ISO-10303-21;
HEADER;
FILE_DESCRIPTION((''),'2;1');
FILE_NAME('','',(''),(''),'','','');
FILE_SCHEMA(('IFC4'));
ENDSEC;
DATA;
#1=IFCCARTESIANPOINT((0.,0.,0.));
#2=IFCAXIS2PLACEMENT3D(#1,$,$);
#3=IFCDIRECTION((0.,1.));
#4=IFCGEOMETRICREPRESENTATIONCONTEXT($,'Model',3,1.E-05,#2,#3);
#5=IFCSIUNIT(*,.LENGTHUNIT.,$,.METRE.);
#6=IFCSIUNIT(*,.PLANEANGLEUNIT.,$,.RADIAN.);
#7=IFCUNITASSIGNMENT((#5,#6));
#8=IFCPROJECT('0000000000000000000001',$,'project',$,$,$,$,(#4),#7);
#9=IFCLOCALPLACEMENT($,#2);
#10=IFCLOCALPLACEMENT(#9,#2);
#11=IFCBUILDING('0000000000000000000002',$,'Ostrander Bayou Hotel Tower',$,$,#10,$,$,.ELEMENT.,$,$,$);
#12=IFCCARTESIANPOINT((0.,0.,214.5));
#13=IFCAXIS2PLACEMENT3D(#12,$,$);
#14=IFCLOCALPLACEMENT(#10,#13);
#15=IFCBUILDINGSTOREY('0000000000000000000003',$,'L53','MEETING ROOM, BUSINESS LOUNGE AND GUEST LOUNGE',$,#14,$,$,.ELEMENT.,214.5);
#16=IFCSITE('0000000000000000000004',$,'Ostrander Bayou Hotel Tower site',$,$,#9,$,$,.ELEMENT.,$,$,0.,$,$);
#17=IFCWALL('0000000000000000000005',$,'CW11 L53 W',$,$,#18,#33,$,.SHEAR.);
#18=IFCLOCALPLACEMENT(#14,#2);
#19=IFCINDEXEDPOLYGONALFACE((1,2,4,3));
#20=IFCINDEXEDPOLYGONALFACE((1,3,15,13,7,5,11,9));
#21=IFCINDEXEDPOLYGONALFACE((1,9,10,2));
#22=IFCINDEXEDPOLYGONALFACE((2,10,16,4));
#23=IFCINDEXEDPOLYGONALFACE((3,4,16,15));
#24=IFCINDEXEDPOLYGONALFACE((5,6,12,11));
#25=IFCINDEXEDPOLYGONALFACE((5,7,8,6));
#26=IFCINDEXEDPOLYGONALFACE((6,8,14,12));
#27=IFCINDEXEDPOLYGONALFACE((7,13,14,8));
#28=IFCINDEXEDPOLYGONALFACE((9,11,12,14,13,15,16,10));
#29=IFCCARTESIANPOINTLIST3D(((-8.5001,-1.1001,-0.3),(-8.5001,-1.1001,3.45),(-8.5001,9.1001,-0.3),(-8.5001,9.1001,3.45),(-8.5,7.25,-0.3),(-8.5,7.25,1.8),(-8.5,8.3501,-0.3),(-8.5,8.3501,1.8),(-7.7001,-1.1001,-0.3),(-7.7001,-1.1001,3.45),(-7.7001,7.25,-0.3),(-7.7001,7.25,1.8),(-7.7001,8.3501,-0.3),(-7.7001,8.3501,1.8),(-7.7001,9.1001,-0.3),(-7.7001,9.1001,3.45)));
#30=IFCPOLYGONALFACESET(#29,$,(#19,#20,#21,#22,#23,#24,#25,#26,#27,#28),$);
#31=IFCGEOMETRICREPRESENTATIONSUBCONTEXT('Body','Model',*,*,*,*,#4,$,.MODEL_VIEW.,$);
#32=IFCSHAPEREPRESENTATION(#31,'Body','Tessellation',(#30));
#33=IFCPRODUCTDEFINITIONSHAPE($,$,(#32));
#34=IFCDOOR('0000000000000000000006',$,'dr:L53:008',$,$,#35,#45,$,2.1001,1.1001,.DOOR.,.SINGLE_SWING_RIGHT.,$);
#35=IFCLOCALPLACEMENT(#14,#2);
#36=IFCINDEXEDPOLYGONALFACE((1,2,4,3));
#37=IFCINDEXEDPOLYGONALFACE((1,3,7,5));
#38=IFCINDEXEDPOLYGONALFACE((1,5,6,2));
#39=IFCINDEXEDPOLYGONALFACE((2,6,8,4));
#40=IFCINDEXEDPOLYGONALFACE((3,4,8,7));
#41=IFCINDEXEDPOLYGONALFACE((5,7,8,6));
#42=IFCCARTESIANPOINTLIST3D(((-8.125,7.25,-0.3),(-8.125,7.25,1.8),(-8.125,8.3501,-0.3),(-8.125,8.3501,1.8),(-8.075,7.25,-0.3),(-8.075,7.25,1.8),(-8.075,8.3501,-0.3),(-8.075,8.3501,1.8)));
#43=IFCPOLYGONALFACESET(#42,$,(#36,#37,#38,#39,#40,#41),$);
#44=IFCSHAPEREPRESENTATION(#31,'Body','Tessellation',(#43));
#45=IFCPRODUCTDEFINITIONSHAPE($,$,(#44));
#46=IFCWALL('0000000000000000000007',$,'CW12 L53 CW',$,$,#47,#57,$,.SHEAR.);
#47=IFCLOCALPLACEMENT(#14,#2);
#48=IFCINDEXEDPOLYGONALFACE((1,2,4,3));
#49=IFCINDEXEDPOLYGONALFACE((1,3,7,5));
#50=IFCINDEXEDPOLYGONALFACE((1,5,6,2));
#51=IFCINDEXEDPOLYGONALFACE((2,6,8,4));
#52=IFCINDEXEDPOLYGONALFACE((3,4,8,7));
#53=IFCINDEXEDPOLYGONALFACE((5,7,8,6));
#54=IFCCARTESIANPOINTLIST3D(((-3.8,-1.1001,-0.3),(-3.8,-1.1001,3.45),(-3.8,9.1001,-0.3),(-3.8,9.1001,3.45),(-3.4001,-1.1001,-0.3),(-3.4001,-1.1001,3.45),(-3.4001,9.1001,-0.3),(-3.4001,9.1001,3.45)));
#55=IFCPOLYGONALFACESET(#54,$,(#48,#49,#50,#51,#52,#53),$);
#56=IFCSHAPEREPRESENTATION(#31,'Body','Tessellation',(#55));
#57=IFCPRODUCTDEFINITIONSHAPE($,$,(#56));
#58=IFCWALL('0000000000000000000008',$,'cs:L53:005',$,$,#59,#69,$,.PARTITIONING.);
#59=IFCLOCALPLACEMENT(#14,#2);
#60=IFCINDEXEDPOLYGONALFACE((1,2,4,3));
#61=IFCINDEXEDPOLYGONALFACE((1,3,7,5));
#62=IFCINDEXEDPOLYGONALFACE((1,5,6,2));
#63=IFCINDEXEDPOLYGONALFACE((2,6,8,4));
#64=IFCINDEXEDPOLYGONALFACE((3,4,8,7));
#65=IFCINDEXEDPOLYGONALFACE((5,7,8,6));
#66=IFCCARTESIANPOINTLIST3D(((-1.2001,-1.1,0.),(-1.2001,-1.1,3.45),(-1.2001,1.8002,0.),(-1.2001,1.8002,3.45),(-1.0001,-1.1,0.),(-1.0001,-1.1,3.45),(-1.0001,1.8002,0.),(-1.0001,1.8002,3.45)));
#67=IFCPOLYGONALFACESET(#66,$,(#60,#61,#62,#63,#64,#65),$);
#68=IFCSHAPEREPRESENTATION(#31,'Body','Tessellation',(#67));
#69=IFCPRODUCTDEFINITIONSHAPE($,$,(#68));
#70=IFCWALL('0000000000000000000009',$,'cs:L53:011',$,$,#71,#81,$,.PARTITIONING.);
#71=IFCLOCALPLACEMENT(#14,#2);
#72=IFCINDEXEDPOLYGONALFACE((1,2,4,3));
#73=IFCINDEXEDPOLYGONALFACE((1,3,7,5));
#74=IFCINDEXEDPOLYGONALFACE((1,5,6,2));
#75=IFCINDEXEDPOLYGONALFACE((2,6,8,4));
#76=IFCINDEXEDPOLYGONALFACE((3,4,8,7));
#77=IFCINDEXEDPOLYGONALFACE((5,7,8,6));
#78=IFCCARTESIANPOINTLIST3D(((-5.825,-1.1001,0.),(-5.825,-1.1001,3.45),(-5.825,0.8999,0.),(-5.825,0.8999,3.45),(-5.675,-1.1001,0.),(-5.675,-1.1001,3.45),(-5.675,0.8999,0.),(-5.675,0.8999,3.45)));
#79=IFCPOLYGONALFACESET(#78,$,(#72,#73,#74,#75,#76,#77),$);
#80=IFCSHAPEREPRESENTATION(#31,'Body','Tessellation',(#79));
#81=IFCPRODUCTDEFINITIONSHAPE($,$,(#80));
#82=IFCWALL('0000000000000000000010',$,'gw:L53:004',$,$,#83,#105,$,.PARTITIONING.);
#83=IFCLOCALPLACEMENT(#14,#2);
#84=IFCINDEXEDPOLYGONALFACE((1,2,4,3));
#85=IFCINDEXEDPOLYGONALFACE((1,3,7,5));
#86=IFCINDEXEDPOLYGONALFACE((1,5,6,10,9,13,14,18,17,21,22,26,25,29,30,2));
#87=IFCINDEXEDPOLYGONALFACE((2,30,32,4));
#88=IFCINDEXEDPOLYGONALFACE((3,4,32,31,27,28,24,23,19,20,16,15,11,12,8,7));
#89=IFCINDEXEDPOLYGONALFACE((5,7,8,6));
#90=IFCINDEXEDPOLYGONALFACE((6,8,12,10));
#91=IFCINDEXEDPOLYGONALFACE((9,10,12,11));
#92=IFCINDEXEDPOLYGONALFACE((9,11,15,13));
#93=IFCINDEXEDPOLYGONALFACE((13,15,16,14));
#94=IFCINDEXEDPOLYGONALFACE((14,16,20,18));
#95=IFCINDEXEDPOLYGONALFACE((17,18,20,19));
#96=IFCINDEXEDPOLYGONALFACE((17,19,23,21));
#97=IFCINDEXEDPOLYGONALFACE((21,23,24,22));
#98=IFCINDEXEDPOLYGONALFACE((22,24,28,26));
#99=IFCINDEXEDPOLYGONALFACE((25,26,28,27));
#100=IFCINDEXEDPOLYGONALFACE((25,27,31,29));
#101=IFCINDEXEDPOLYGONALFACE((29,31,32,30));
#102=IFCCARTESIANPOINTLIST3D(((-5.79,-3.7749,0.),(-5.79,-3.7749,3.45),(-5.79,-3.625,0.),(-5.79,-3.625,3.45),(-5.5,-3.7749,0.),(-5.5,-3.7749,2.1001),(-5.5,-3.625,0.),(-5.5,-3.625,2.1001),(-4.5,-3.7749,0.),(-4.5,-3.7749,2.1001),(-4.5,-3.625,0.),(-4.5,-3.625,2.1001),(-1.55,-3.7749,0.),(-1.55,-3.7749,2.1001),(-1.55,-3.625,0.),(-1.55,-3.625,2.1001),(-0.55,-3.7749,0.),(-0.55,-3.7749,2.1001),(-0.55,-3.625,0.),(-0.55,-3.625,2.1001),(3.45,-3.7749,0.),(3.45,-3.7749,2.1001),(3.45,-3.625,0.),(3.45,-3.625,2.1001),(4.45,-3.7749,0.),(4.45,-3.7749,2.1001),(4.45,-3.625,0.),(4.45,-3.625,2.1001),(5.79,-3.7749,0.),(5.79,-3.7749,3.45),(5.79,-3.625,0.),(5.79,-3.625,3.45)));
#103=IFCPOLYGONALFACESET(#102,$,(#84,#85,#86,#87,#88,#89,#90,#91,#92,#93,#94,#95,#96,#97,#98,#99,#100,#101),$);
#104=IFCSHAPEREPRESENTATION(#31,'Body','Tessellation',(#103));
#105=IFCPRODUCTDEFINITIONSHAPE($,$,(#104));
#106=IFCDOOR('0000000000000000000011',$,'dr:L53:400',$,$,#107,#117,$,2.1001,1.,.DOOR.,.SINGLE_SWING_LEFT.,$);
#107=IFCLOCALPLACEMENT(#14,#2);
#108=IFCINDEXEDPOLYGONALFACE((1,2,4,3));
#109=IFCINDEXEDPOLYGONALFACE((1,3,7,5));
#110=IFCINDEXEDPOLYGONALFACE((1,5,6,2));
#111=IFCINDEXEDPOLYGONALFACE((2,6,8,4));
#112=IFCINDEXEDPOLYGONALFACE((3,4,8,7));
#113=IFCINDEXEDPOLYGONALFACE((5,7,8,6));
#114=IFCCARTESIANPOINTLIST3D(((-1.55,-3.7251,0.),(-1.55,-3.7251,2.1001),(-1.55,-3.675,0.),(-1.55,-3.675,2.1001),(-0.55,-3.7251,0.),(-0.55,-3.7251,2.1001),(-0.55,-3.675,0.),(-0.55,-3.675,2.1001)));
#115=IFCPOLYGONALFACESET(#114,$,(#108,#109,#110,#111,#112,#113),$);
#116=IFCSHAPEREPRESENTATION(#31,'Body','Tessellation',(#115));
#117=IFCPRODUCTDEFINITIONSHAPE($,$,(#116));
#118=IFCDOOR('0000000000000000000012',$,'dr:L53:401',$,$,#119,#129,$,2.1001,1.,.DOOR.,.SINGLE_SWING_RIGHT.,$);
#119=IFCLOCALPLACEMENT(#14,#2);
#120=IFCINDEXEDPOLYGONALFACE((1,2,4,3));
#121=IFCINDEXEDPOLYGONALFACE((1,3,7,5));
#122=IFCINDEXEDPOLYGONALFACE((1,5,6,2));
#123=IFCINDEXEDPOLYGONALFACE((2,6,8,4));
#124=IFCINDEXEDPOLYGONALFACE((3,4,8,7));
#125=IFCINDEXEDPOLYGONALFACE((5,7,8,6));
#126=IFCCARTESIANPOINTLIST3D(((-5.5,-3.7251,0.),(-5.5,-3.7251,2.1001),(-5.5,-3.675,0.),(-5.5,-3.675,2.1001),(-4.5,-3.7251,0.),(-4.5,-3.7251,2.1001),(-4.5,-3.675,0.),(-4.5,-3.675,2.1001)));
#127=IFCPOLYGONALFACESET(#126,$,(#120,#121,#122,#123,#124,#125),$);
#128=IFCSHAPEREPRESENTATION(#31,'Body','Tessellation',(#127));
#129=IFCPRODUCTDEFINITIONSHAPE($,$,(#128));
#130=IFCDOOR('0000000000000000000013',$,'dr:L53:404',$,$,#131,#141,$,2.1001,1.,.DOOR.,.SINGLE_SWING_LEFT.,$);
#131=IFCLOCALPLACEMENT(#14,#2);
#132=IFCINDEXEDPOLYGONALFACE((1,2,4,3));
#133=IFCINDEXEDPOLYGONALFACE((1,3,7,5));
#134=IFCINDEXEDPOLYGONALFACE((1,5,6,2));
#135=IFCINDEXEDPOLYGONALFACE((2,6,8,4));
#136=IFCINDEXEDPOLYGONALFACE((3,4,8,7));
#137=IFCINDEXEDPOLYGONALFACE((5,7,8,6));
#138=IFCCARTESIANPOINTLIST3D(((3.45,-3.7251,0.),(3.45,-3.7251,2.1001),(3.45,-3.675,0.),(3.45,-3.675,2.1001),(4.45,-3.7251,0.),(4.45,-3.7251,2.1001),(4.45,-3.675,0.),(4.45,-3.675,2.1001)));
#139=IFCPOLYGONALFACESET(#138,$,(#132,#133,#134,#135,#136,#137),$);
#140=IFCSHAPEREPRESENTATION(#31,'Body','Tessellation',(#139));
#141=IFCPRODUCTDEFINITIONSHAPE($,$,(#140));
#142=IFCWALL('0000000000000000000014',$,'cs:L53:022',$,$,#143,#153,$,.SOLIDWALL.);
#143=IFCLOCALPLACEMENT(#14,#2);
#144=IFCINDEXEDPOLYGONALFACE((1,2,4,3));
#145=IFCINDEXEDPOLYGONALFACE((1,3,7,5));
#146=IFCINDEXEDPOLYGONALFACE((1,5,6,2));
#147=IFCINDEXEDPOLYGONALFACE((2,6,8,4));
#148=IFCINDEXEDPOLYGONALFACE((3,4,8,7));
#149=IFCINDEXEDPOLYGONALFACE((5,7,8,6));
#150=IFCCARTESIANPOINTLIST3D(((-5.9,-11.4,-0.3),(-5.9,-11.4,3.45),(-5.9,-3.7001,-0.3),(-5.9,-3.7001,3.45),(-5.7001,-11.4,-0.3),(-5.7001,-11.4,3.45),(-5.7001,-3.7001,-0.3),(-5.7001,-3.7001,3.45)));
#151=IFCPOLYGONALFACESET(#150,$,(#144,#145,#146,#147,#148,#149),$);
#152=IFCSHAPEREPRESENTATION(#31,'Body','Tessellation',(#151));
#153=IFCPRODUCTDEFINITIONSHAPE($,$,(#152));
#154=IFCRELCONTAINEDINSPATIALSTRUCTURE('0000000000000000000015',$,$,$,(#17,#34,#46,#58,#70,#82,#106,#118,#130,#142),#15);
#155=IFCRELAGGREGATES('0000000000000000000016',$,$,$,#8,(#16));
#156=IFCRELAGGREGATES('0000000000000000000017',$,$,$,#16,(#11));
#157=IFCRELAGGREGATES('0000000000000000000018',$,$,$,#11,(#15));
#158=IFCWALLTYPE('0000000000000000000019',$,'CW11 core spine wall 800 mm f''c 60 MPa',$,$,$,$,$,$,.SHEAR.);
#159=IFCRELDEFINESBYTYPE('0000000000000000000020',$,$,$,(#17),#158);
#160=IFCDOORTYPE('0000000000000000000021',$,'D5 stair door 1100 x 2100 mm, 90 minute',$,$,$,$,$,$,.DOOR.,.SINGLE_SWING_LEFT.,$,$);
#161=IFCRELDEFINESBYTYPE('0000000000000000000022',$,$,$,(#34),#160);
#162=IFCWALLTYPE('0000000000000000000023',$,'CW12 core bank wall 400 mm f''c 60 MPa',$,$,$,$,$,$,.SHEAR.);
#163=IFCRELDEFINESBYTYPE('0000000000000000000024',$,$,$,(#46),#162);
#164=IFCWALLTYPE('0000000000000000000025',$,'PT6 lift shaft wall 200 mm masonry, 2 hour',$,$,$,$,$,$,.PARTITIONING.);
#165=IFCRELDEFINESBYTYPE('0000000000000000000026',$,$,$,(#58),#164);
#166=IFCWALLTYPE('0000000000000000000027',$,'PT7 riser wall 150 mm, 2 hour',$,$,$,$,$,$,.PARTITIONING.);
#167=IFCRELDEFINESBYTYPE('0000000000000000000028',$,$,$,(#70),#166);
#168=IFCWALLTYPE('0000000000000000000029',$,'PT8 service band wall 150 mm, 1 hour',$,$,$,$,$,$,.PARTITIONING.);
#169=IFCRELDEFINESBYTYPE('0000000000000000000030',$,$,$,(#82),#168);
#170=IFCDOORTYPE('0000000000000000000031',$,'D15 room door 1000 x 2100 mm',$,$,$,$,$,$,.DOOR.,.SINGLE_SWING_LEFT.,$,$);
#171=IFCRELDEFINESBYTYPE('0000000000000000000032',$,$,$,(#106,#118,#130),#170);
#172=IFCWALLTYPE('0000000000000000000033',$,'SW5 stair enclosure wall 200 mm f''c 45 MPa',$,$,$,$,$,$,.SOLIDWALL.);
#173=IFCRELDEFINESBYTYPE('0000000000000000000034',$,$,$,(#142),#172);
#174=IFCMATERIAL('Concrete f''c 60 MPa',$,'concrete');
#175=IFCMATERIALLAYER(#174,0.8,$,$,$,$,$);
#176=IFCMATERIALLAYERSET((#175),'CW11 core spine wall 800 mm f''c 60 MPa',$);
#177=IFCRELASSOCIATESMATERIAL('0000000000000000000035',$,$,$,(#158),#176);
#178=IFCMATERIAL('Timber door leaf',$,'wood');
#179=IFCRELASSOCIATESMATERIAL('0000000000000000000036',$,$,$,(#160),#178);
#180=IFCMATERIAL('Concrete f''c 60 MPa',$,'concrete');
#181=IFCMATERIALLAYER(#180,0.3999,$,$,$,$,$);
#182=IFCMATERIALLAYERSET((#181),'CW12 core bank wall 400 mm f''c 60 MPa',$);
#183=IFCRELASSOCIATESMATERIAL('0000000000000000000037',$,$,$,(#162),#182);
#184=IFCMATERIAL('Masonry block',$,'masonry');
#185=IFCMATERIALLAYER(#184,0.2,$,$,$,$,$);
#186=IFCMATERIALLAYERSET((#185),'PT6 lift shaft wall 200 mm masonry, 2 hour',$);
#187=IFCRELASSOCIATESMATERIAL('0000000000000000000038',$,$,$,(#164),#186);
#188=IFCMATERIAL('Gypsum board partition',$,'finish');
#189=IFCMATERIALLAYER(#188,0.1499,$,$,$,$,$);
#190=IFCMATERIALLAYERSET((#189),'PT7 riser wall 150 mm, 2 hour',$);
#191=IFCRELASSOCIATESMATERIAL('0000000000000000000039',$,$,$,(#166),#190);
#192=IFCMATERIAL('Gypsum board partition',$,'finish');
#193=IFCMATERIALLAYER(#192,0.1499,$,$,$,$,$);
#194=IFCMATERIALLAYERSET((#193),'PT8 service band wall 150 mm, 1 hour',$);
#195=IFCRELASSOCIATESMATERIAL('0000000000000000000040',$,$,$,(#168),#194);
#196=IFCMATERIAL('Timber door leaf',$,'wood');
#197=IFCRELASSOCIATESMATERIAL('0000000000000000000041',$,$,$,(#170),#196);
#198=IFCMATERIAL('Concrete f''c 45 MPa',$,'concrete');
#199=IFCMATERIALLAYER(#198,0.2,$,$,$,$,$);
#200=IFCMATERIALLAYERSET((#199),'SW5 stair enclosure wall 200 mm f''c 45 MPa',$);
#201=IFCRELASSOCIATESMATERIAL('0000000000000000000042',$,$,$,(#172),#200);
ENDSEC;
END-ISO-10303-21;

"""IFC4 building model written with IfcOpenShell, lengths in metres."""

from ifc_helpers import new_model, si_unit, direction, frame, frame_2d, origin, place, context, subcontext, project, spatial, rectangle, extrude, material, layer, layer_set, type_object, element, fill, save


model = new_model("IFC4")

# Units and contexts
model_context = context("Model", 3, precision=1e-05, world=origin(), true_north=direction((0.0, 1.0)))
body_context = subcontext(model_context, "Body", "Model", "MODEL_VIEW")
ifc_project = project(units=[si_unit("LENGTHUNIT", "METRE"), si_unit("PLANEANGLEUNIT", "RADIAN")], contexts=[model_context])

# Site, building, storey
site_placement = place(None, origin())
site = spatial("IfcSite", under=ifc_project, at=site_placement, Name="Ostrander Bayou Hotel Tower site", CompositionType="ELEMENT", RefElevation=0.0)
building_placement = place(site_placement, origin())
building = spatial("IfcBuilding", under=site, at=building_placement, Name="Ostrander Bayou Hotel Tower", CompositionType="ELEMENT")
storey_placement = place(building_placement, frame((0.0, 0.0, 214.5)))
storey = spatial("IfcBuildingStorey", under=building, at=storey_placement, Name="L53", Description="MEETING ROOM, BUSINESS LOUNGE AND GUEST LOUNGE", CompositionType="ELEMENT", Elevation=214.5)

# Wall, opening, door
ifc_material_1 = material(Name="Concrete f'c 60 MPa", Category="concrete")
ifc_layer_1 = layer(ifc_material_1, 0.8)
ifc_layer_set_1 = layer_set([ifc_layer_1], Name="CW11 core spine wall 800 mm f'c 60 MPa")
wall_type_1 = type_object("IfcWallType", Name="CW11 core spine wall 800 mm f'c 60 MPa", PredefinedType="SHEAR", material=ifc_layer_set_1)
wall_1_placement = place(storey_placement, frame((-8.1001, -1.1001, -0.3), z_axis=(0.0, 0.0, 1.0), x_axis=(0.0, 1.0, 0.0)))
wall_1 = element("IfcWall", 1, at=wall_1_placement, inside=storey, type_object=wall_type_1, Name="CW11 L53 W", PredefinedType="SHEAR", context=body_context, shape_type="SweptSolid", body=[
    extrude(rectangle(XDim=10.2002, YDim=0.8, at=frame_2d((5.1001, 0.0))), origin(), (0.0, 0.0, 1.0), 3.75),
])
opening_1_placement = place(wall_1_placement, frame((8.3501, 0.0, 0.0)))
opening_1 = element("IfcOpeningElement", 2, at=opening_1_placement, cuts=wall_1, PredefinedType="OPENING", context=body_context, shape_type="SweptSolid", body=[
    extrude(rectangle(XDim=1.1001, YDim=2.1001, at=frame_2d((0.55, 1.05))), frame((0.0, 0.3999, 0.0), z_axis=(0.0, -1.0, 0.0), x_axis=(1.0, 0.0, 0.0)), (0.0, 0.0, 1.0), 0.8),
])
ifc_material_2 = material(Name="Timber door leaf", Category="wood")
door_type_1 = type_object("IfcDoorType", Name="D5 stair door 1100 x 2100 mm, 90 minute", OperationType="SINGLE_SWING_LEFT", PredefinedType="DOOR", material=ifc_material_2)
door_1_placement = place(opening_1_placement, origin())
door_1 = element("IfcDoor", 3, at=door_1_placement, inside=storey, type_object=door_type_1, Name="dr:L53:008", OperationType="SINGLE_SWING_RIGHT", OverallHeight=2.1001, OverallWidth=1.1001, PredefinedType="DOOR", context=body_context, shape_type="SweptSolid", body=[
    extrude(rectangle(XDim=1.1001, YDim=2.1001, at=frame_2d((0.55, 1.05))), frame((0.0, 0.0249, 0.0), z_axis=(0.0, -1.0, 0.0), x_axis=(1.0, 0.0, 0.0)), (0.0, 0.0, 1.0), 0.05),
])
fill(opening_1, door_1)

# Walls
ifc_material_3 = material(Name="Concrete f'c 60 MPa", Category="concrete")
ifc_layer_2 = layer(ifc_material_3, 0.3999)
ifc_layer_set_2 = layer_set([ifc_layer_2], Name="CW12 core bank wall 400 mm f'c 60 MPa")
wall_type_2 = type_object("IfcWallType", Name="CW12 core bank wall 400 mm f'c 60 MPa", PredefinedType="SHEAR", material=ifc_layer_set_2)
wall_2_placement = place(storey_placement, frame((-3.6001, -1.1001, -0.3), z_axis=(0.0, 0.0, 1.0), x_axis=(0.0, 1.0, 0.0)))
element("IfcWall", 4, at=wall_2_placement, inside=storey, type_object=wall_type_2, Name="CW12 L53 CW", PredefinedType="SHEAR", context=body_context, shape_type="SweptSolid", body=[
    extrude(rectangle(XDim=10.2002, YDim=0.3999, at=frame_2d((5.1001, 0.0))), origin(), (0.0, 0.0, 1.0), 3.75),
])
ifc_material_4 = material(Name="Masonry block", Category="masonry")
ifc_layer_3 = layer(ifc_material_4, 0.2)
ifc_layer_set_3 = layer_set([ifc_layer_3], Name="PT6 lift shaft wall 200 mm masonry, 2 hour")
wall_type_3 = type_object("IfcWallType", Name="PT6 lift shaft wall 200 mm masonry, 2 hour", PredefinedType="PARTITIONING", material=ifc_layer_set_3)
wall_3_placement = place(storey_placement, frame((-1.1001, -1.1001, 0.0), z_axis=(0.0, 0.0, 1.0), x_axis=(0.0, 1.0, 0.0)))
element("IfcWall", 5, at=wall_3_placement, inside=storey, type_object=wall_type_3, Name="cs:L53:005", PredefinedType="PARTITIONING", context=body_context, shape_type="SweptSolid", body=[
    extrude(rectangle(XDim=2.9001, YDim=0.2, at=frame_2d((1.4502, 0.0))), origin(), (0.0, 0.0, 1.0), 3.45),
])
ifc_material_5 = material(Name="Gypsum board partition", Category="finish")
ifc_layer_4 = layer(ifc_material_5, 0.1499)
ifc_layer_set_4 = layer_set([ifc_layer_4], Name="PT7 riser wall 150 mm, 2 hour")
wall_type_4 = type_object("IfcWallType", Name="PT7 riser wall 150 mm, 2 hour", PredefinedType="PARTITIONING", material=ifc_layer_set_4)
wall_4_placement = place(storey_placement, frame((-5.75, -1.1001, 0.0), z_axis=(0.0, 0.0, 1.0), x_axis=(0.0, 1.0, 0.0)))
element("IfcWall", 6, at=wall_4_placement, inside=storey, type_object=wall_type_4, Name="cs:L53:011", PredefinedType="PARTITIONING", context=body_context, shape_type="SweptSolid", body=[
    extrude(rectangle(XDim=2.0, YDim=0.1499, at=frame_2d((1.0, 0.0))), origin(), (0.0, 0.0, 1.0), 3.45),
])

# Wall, openings, doors
ifc_material_6 = material(Name="Gypsum board partition", Category="finish")
ifc_layer_5 = layer(ifc_material_6, 0.1499)
ifc_layer_set_5 = layer_set([ifc_layer_5], Name="PT8 service band wall 150 mm, 1 hour")
wall_type_5 = type_object("IfcWallType", Name="PT8 service band wall 150 mm, 1 hour", PredefinedType="PARTITIONING", material=ifc_layer_set_5)
wall_5_placement = place(storey_placement, frame((-5.79, -3.7, 0.0), z_axis=(0.0, 0.0, 1.0), x_axis=(1.0, 0.0, 0.0)))
wall_5 = element("IfcWall", 7, at=wall_5_placement, inside=storey, type_object=wall_type_5, Name="gw:L53:004", PredefinedType="PARTITIONING", context=body_context, shape_type="SweptSolid", body=[
    extrude(rectangle(XDim=11.5801, YDim=0.1499, at=frame_2d((5.79, 0.0))), origin(), (0.0, 0.0, 1.0), 3.45),
])
opening_2_placement = place(wall_5_placement, frame((4.24, 0.0, 0.0)))
opening_2 = element("IfcOpeningElement", 8, at=opening_2_placement, cuts=wall_5, PredefinedType="OPENING", context=body_context, shape_type="SweptSolid", body=[
    extrude(rectangle(XDim=1.0, YDim=2.1001, at=frame_2d((0.5, 1.05))), frame((0.0, 0.075, 0.0), z_axis=(0.0, -1.0, 0.0), x_axis=(1.0, 0.0, 0.0)), (0.0, 0.0, 1.0), 0.1499),
])
opening_3_placement = place(wall_5_placement, frame((0.29, 0.0, 0.0)))
opening_3 = element("IfcOpeningElement", 9, at=opening_3_placement, cuts=wall_5, PredefinedType="OPENING", context=body_context, shape_type="SweptSolid", body=[
    extrude(rectangle(XDim=1.0, YDim=2.1001, at=frame_2d((0.5, 1.05))), frame((0.0, 0.075, 0.0), z_axis=(0.0, -1.0, 0.0), x_axis=(1.0, 0.0, 0.0)), (0.0, 0.0, 1.0), 0.1499),
])
opening_4_placement = place(wall_5_placement, frame((9.24, 0.0, 0.0)))
opening_4 = element("IfcOpeningElement", 10, at=opening_4_placement, cuts=wall_5, PredefinedType="OPENING", context=body_context, shape_type="SweptSolid", body=[
    extrude(rectangle(XDim=1.0, YDim=2.1001, at=frame_2d((0.5, 1.05))), frame((0.0, 0.075, 0.0), z_axis=(0.0, -1.0, 0.0), x_axis=(1.0, 0.0, 0.0)), (0.0, 0.0, 1.0), 0.1499),
])
ifc_material_7 = material(Name="Timber door leaf", Category="wood")
door_type_2 = type_object("IfcDoorType", Name="D15 room door 1000 x 2100 mm", OperationType="SINGLE_SWING_LEFT", PredefinedType="DOOR", material=ifc_material_7)
door_2_placement = place(opening_2_placement, origin())
door_2 = element("IfcDoor", 11, at=door_2_placement, inside=storey, type_object=door_type_2, Name="dr:L53:400", OperationType="SINGLE_SWING_LEFT", OverallHeight=2.1001, OverallWidth=1.0, PredefinedType="DOOR", context=body_context, shape_type="SweptSolid", body=[
    extrude(rectangle(XDim=1.0, YDim=2.1001, at=frame_2d((0.5, 1.05))), frame((0.0, 0.0249, 0.0), z_axis=(0.0, -1.0, 0.0), x_axis=(1.0, 0.0, 0.0)), (0.0, 0.0, 1.0), 0.05),
])
fill(opening_2, door_2)
door_3_placement = place(opening_3_placement, origin())
door_3 = element("IfcDoor", 12, at=door_3_placement, inside=storey, type_object=door_type_2, Name="dr:L53:401", OperationType="SINGLE_SWING_RIGHT", OverallHeight=2.1001, OverallWidth=1.0, PredefinedType="DOOR", context=body_context, shape_type="SweptSolid", body=[
    extrude(rectangle(XDim=1.0, YDim=2.1001, at=frame_2d((0.5, 1.05))), frame((0.0, 0.0249, 0.0), z_axis=(0.0, -1.0, 0.0), x_axis=(1.0, 0.0, 0.0)), (0.0, 0.0, 1.0), 0.05),
])
fill(opening_3, door_3)
door_4_placement = place(opening_4_placement, origin())
door_4 = element("IfcDoor", 13, at=door_4_placement, inside=storey, type_object=door_type_2, Name="dr:L53:404", OperationType="SINGLE_SWING_LEFT", OverallHeight=2.1001, OverallWidth=1.0, PredefinedType="DOOR", context=body_context, shape_type="SweptSolid", body=[
    extrude(rectangle(XDim=1.0, YDim=2.1001, at=frame_2d((0.5, 1.05))), frame((0.0, 0.0249, 0.0), z_axis=(0.0, -1.0, 0.0), x_axis=(1.0, 0.0, 0.0)), (0.0, 0.0, 1.0), 0.05),
])
fill(opening_4, door_4)

# Wall
ifc_material_8 = material(Name="Concrete f'c 45 MPa", Category="concrete")
ifc_layer_6 = layer(ifc_material_8, 0.2)
ifc_layer_set_6 = layer_set([ifc_layer_6], Name="SW5 stair enclosure wall 200 mm f'c 45 MPa")
wall_type_6 = type_object("IfcWallType", Name="SW5 stair enclosure wall 200 mm f'c 45 MPa", PredefinedType="SOLIDWALL", material=ifc_layer_set_6)
wall_6_placement = place(storey_placement, frame((-5.8, -3.7, -0.3), z_axis=(0.0, 0.0, 1.0), x_axis=(0.0, -1.0, 0.0)))
element("IfcWall", 14, at=wall_6_placement, inside=storey, type_object=wall_type_6, Name="cs:L53:022", PredefinedType="SOLIDWALL", context=body_context, shape_type="SweptSolid", body=[
    extrude(rectangle(XDim=7.7, YDim=0.2, at=frame_2d((3.8501, 0.0))), origin(), (0.0, 0.0, 1.0), 3.75),
])

save(model, "model.ifc")
